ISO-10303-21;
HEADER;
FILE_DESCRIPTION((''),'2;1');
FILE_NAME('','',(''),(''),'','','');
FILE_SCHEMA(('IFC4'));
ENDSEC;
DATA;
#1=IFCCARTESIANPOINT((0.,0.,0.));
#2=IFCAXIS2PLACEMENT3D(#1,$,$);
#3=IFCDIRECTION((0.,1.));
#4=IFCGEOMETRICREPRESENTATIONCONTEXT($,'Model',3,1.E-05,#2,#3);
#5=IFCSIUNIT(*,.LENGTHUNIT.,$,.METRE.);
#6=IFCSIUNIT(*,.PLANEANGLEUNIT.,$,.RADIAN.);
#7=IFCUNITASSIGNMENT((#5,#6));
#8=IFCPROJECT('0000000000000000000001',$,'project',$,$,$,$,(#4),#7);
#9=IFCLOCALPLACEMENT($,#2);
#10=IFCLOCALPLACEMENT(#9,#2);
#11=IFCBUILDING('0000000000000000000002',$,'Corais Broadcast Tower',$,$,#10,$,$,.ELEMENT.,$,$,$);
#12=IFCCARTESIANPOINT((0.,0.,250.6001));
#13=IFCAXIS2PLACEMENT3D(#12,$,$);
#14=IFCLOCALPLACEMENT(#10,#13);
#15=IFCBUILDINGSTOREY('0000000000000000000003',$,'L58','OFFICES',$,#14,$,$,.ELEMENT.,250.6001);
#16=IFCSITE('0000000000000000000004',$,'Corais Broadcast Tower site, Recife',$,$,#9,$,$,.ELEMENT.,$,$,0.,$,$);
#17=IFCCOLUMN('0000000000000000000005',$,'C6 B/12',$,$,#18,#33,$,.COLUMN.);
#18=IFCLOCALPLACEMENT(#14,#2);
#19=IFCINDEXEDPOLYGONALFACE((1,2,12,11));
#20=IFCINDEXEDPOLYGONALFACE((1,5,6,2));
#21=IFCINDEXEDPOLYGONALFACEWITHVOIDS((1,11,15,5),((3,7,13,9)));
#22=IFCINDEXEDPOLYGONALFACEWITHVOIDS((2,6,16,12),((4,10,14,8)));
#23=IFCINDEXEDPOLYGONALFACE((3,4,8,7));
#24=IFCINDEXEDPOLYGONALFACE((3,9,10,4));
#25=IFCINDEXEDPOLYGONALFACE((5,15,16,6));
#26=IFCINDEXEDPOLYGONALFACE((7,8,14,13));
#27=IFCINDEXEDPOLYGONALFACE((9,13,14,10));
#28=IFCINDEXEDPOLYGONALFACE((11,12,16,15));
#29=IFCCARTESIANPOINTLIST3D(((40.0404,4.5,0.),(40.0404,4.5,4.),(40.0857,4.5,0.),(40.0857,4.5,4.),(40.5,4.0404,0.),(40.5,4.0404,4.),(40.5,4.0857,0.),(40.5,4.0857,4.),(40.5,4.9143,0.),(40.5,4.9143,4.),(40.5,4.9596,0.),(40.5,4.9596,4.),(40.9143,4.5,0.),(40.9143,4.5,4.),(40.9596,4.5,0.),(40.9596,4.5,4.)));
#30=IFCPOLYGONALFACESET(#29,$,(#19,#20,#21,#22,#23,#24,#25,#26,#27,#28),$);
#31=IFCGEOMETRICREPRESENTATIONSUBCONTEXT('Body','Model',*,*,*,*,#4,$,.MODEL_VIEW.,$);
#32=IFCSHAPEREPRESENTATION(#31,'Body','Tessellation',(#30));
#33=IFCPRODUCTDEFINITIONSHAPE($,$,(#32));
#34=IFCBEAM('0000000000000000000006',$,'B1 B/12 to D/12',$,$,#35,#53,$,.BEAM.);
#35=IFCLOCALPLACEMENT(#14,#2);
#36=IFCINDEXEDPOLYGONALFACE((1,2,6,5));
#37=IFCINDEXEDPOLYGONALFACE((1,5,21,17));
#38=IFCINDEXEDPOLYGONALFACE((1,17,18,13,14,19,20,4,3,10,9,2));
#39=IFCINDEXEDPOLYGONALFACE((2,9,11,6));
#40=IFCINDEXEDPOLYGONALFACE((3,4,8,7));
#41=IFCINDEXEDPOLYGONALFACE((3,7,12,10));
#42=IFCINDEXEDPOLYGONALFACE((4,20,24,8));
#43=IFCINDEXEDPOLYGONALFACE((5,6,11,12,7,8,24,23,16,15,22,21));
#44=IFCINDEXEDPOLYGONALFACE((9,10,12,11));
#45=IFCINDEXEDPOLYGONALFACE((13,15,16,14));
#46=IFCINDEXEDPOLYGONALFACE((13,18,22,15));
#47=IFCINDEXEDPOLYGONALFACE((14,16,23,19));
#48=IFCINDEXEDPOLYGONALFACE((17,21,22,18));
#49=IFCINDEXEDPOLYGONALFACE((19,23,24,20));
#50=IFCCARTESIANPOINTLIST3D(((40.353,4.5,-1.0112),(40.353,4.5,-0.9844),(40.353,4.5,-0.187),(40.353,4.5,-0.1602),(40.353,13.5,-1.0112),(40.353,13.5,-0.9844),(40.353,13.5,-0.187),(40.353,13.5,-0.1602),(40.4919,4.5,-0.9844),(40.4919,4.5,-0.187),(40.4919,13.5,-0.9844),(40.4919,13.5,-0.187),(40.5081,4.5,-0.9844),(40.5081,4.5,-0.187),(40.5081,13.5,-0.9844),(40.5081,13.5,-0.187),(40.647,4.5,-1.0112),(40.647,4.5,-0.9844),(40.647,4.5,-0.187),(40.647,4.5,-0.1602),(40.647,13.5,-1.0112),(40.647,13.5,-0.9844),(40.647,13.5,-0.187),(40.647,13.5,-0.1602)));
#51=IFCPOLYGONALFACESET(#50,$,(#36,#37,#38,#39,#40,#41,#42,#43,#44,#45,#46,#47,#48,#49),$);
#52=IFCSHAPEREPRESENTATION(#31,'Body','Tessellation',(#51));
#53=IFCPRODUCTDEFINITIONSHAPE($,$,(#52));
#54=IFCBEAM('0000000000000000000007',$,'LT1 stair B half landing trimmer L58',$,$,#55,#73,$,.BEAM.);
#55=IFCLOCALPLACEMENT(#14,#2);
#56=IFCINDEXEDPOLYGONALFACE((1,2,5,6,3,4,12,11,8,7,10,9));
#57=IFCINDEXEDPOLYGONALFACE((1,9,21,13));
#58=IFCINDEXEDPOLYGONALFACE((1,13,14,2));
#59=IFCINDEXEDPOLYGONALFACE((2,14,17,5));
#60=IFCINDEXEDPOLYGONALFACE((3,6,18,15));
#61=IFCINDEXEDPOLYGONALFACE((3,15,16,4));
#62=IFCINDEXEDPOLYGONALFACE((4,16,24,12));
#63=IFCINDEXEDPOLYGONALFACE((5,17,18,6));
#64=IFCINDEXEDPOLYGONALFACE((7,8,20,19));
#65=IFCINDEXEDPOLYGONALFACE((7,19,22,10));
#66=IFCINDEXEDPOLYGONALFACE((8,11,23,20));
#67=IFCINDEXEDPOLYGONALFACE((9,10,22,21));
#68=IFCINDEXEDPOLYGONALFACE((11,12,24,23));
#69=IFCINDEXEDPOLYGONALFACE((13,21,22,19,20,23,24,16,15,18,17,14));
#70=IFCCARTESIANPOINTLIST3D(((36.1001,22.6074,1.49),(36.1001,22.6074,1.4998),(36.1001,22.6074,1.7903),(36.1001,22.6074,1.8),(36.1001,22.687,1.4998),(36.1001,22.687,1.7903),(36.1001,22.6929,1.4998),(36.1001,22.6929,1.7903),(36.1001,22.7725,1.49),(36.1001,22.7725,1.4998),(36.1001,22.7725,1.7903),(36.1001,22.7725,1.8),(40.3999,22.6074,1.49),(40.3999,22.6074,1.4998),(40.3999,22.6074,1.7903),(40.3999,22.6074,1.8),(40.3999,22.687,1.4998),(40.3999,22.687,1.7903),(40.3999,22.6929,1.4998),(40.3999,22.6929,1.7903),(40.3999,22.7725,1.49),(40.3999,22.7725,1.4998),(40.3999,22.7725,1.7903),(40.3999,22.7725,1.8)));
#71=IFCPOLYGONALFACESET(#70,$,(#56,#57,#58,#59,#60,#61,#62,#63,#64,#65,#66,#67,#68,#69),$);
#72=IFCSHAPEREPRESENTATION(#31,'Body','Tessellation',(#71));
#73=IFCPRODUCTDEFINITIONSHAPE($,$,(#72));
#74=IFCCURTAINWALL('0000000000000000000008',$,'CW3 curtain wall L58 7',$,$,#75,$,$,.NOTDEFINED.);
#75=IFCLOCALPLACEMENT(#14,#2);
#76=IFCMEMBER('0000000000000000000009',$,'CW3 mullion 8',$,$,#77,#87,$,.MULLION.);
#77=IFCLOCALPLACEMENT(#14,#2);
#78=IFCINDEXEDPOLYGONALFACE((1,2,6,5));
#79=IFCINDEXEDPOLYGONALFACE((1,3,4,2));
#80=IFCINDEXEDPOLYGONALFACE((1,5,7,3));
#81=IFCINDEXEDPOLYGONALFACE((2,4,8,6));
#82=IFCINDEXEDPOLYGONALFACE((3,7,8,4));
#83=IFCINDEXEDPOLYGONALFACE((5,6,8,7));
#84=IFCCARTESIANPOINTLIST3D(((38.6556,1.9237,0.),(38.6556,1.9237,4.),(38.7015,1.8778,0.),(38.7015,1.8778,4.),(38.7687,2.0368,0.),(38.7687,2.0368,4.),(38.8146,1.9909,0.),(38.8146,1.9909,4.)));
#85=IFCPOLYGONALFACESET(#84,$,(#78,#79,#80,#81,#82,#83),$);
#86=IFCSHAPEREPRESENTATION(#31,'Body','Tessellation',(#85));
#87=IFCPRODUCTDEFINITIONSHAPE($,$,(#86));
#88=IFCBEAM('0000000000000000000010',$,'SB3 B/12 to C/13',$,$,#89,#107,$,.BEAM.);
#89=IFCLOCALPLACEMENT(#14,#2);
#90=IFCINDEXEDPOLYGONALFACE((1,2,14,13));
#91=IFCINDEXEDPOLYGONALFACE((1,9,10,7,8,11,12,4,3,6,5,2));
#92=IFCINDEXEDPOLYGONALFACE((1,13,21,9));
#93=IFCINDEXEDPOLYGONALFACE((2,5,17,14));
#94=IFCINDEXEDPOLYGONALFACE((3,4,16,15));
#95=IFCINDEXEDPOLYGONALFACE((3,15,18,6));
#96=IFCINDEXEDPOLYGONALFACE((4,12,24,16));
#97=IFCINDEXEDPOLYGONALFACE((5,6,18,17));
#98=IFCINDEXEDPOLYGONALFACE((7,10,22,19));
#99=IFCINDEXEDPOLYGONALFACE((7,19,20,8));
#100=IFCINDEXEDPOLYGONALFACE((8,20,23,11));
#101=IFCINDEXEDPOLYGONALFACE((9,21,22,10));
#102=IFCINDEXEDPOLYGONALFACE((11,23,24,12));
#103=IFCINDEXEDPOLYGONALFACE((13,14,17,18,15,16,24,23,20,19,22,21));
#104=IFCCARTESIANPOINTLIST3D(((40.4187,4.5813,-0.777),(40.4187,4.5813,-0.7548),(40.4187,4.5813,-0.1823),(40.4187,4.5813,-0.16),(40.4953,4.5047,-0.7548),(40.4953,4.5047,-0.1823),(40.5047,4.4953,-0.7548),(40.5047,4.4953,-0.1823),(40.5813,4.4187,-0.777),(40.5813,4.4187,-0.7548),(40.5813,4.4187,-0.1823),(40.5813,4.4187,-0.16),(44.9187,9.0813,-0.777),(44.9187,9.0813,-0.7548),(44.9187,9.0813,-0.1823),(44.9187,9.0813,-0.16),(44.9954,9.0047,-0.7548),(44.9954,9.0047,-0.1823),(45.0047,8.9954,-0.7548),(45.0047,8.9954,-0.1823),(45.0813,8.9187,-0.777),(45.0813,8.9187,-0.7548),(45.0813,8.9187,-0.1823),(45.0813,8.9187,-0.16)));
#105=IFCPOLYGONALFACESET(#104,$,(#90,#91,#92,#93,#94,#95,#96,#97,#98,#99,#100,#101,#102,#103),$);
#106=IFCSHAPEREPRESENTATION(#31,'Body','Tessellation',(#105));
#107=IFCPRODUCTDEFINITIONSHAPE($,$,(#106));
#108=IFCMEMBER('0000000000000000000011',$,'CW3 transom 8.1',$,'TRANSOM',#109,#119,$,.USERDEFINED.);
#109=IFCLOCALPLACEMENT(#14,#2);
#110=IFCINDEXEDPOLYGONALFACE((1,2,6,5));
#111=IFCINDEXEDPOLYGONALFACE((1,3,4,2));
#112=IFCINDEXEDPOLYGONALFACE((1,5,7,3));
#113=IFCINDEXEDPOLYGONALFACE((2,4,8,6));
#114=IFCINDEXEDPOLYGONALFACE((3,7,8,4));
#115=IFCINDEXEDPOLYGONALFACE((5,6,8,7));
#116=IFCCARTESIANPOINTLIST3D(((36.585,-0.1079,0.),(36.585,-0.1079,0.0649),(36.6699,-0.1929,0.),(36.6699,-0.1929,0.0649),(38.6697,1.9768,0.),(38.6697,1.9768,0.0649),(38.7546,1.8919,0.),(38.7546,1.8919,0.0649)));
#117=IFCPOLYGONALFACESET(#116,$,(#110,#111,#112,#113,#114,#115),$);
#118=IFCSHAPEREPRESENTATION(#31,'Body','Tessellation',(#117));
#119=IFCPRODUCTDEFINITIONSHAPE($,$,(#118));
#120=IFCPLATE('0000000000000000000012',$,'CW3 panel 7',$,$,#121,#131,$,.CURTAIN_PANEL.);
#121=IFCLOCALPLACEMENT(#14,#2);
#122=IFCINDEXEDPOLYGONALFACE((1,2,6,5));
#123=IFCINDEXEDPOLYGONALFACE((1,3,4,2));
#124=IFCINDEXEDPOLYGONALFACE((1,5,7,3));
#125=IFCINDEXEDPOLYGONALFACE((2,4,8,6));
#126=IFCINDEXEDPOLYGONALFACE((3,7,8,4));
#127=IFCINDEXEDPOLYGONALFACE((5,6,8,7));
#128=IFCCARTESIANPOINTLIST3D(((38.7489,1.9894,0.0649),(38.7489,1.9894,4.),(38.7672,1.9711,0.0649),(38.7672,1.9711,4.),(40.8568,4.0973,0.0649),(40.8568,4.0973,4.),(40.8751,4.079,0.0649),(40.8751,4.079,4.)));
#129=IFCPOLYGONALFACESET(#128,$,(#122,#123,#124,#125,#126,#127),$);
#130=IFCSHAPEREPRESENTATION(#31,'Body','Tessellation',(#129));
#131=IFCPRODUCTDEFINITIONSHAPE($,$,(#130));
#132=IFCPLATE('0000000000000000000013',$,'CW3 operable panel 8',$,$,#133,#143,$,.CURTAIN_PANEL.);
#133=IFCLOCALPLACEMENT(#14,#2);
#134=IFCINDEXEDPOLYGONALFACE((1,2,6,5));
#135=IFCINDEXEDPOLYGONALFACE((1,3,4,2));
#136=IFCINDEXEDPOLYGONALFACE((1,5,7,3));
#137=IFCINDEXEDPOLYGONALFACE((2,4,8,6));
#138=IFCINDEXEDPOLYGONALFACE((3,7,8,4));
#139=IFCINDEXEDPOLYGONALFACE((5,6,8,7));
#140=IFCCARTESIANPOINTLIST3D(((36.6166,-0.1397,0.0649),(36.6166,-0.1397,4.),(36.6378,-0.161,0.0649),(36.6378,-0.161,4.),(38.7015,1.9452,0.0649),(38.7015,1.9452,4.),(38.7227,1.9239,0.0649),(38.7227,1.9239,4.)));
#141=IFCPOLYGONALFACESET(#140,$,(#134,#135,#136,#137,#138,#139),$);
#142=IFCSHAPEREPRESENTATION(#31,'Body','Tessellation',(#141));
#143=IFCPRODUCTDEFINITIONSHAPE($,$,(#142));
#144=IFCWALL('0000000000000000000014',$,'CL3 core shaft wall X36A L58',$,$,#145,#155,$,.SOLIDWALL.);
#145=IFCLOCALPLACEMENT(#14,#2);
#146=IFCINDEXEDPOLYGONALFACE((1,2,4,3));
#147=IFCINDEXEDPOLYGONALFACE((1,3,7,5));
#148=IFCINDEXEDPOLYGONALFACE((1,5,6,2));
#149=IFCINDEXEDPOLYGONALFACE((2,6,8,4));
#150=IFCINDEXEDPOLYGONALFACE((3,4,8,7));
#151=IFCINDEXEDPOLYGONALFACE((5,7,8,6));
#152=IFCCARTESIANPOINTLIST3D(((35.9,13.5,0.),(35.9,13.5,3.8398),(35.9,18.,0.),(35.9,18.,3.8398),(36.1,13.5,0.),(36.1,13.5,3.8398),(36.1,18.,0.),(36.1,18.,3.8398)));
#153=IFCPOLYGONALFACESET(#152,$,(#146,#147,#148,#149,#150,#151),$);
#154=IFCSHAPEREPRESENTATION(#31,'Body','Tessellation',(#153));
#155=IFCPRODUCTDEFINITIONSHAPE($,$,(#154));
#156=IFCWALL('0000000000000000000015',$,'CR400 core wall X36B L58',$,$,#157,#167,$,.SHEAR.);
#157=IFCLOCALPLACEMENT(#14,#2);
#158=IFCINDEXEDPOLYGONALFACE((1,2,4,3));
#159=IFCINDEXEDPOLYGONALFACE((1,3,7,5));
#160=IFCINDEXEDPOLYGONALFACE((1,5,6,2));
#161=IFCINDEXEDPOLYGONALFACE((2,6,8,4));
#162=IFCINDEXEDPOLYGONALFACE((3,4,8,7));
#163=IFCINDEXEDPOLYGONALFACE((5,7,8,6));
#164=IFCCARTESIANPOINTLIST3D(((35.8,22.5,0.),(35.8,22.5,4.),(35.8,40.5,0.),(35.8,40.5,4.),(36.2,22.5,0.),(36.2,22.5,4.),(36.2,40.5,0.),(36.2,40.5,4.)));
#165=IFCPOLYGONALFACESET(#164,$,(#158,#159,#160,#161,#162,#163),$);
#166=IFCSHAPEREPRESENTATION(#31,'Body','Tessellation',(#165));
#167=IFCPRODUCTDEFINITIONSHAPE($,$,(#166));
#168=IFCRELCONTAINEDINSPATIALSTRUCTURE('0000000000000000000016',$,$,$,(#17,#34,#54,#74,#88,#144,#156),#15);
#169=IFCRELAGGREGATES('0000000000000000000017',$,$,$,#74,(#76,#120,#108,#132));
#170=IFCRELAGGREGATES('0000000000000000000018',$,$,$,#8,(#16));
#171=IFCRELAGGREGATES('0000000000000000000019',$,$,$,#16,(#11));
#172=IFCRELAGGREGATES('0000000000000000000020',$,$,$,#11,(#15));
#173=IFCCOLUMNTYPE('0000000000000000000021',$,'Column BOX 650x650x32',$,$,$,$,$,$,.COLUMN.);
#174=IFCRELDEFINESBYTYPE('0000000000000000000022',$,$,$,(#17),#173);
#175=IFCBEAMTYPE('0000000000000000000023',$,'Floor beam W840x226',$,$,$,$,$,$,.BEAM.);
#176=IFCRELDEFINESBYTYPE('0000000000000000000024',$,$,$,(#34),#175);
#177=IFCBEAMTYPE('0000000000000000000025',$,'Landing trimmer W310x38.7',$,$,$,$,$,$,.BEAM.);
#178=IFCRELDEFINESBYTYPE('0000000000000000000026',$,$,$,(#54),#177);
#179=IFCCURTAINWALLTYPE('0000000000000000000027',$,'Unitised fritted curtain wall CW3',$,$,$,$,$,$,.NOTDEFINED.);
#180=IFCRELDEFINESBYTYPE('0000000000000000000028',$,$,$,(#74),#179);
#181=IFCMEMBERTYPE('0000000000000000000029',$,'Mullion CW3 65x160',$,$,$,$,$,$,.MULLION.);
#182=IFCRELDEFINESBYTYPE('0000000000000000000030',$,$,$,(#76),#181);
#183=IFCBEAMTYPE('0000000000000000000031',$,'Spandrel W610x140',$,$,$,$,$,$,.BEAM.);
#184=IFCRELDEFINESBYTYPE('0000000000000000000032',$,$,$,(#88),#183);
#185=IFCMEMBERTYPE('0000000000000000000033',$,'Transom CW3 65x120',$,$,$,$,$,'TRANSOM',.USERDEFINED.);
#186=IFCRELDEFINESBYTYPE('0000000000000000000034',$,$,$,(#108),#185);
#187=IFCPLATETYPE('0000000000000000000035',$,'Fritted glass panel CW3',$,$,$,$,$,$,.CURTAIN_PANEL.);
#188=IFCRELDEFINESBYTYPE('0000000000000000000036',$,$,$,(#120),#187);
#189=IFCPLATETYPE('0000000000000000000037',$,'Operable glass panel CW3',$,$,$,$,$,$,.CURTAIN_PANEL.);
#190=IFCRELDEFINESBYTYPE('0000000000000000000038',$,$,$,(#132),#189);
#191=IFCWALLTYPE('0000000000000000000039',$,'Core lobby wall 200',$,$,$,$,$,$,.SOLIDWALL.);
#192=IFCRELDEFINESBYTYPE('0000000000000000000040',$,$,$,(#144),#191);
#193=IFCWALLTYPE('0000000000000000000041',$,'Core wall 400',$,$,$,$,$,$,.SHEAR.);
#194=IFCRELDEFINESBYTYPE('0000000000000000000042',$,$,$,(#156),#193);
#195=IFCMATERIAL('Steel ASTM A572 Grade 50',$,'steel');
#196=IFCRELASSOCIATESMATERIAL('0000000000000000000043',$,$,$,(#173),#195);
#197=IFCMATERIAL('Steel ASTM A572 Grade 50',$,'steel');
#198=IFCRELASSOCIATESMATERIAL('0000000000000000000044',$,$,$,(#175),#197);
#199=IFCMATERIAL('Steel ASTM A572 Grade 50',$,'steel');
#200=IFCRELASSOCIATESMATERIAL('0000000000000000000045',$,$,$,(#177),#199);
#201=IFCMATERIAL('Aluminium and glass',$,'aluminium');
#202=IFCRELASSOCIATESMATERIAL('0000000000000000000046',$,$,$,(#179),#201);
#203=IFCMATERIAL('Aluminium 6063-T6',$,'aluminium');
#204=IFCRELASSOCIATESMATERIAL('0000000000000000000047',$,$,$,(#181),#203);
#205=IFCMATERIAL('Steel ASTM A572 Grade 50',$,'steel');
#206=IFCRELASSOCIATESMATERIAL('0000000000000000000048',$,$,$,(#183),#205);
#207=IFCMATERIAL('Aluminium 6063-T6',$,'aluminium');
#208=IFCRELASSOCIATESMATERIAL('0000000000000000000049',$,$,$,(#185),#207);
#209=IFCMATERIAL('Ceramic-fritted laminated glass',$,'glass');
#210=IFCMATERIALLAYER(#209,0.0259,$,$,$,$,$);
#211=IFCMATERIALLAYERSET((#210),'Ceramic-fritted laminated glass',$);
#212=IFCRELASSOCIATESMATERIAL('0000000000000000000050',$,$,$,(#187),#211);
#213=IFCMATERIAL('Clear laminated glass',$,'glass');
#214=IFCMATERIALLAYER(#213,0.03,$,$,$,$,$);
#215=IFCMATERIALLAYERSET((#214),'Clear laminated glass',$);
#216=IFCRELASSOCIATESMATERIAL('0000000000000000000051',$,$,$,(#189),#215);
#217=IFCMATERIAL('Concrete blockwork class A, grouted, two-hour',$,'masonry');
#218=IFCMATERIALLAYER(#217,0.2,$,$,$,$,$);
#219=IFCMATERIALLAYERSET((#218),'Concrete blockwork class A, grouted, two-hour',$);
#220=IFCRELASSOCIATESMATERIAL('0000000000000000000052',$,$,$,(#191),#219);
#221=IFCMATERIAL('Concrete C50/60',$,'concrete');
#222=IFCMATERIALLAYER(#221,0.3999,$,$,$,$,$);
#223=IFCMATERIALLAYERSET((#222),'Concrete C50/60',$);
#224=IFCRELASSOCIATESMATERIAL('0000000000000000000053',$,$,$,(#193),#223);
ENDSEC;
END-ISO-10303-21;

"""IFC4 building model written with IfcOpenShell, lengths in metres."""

from ifc_helpers import new_model, si_unit, direction, frame, frame_2d, origin, origin_2d, place, context, subcontext, project, spatial, rectangle, hollow_rectangle, i_section, extrude, material, layer, layer_set, material_profile, profile_set, type_object, element, aggregate, save


model = new_model("IFC4")

# Units and contexts
model_context = context("Model", 3, precision=1e-05, world=origin(), true_north=direction((0.0, 1.0)))
body_context = subcontext(model_context, "Body", "Model", "MODEL_VIEW")
ifc_project = project(units=[si_unit("LENGTHUNIT", "METRE"), si_unit("PLANEANGLEUNIT", "RADIAN")], contexts=[model_context])

# Site, building, storey
site_placement = place(None, origin())
site = spatial("IfcSite", under=ifc_project, at=site_placement, Name="Corais Broadcast Tower site, Recife", CompositionType="ELEMENT", RefElevation=0.0)
building_placement = place(site_placement, origin())
building = spatial("IfcBuilding", under=site, at=building_placement, Name="Corais Broadcast Tower", CompositionType="ELEMENT")
storey_placement = place(building_placement, frame((0.0, 0.0, 250.6001)))
storey = spatial("IfcBuildingStorey", under=building, at=storey_placement, Name="L58", Description="OFFICES", CompositionType="ELEMENT", Elevation=250.6001)

# Column
ifc_material_1 = material(Name="Steel ASTM A572 Grade 50", Category="steel")
ifc_material_profile_1 = material_profile(ifc_material_1, hollow_rectangle(XDim=0.6499, YDim=0.6499, WallThickness=0.032, at=origin_2d()), Name="BOX 650x650x32")
ifc_profile_set_1 = profile_set([ifc_material_profile_1], Name="Steel ASTM A572 Grade 50")
column_type = type_object("IfcColumnType", Name="Column BOX 650x650x32", PredefinedType="COLUMN", material=ifc_profile_set_1)
column_placement = place(storey_placement, frame((40.5, 4.5, 0.0), z_axis=(0.0, 0.0, 1.0), x_axis=(0.707107, 0.707107, 0.0)))
element("IfcColumn", 1, at=column_placement, inside=storey, type_object=column_type, Name="C6 B/12", PredefinedType="COLUMN", context=body_context, shape_type="SweptSolid", body=[
    extrude(hollow_rectangle(XDim=0.6499, YDim=0.6499, WallThickness=0.032, at=origin_2d()), origin(), (0.0, 0.0, 1.0), 4.0),
])

# Beams
ifc_material_2 = material(Name="Steel ASTM A572 Grade 50", Category="steel")
ifc_material_profile_2 = material_profile(ifc_material_2, i_section(OverallWidth=0.2939, OverallDepth=0.8511, WebThickness=0.0161, FlangeThickness=0.0269, at=origin_2d()), Name="W840x226")
ifc_profile_set_2 = profile_set([ifc_material_profile_2], Name="Steel ASTM A572 Grade 50")
beam_type_1 = type_object("IfcBeamType", Name="Floor beam W840x226", PredefinedType="BEAM", material=ifc_profile_set_2)
beam_1_placement = place(storey_placement, frame((40.5, 4.5, -0.5857), z_axis=(0.0, 1.0, 0.0), x_axis=(-1.0, 0.0, 0.0)))
element("IfcBeam", 2, at=beam_1_placement, inside=storey, type_object=beam_type_1, Name="B1 B/12 to D/12", PredefinedType="BEAM", context=body_context, shape_type="SweptSolid", body=[
    extrude(i_section(OverallWidth=0.2939, OverallDepth=0.8511, WebThickness=0.0161, FlangeThickness=0.0269, at=origin_2d()), origin(), (0.0, 0.0, 1.0), 9.0),
])
ifc_material_3 = material(Name="Steel ASTM A572 Grade 50", Category="steel")
ifc_material_profile_3 = material_profile(ifc_material_3, i_section(OverallWidth=0.165, OverallDepth=0.3101, WebThickness=0.0059, FlangeThickness=0.0098, at=origin_2d()), Name="W310x38.7")
ifc_profile_set_3 = profile_set([ifc_material_profile_3], Name="Steel ASTM A572 Grade 50")
beam_type_2 = type_object("IfcBeamType", Name="Landing trimmer W310x38.7", PredefinedType="BEAM", material=ifc_profile_set_3)
beam_2_placement = place(storey_placement, frame((36.1001, 22.6899, 1.645), z_axis=(1.0, 0.0, 0.0), x_axis=(0.0, 1.0, 0.0)))
element("IfcBeam", 3, at=beam_2_placement, inside=storey, type_object=beam_type_2, Name="LT1 stair B half landing trimmer L58", PredefinedType="BEAM", context=body_context, shape_type="SweptSolid", body=[
    extrude(i_section(OverallWidth=0.165, OverallDepth=0.3101, WebThickness=0.0059, FlangeThickness=0.0098, at=origin_2d()), origin(), (0.0, 0.0, 1.0), 4.2998),
])

# Curtain wall, member
ifc_material_4 = material(Name="Aluminium and glass", Category="aluminium")
curtain_wall_type = type_object("IfcCurtainWallType", Name="Unitised fritted curtain wall CW3", PredefinedType="NOTDEFINED", material=ifc_material_4)
curtain_wall_placement = place(storey_placement, origin())
curtain_wall = element("IfcCurtainWall", 4, at=curtain_wall_placement, inside=storey, type_object=curtain_wall_type, Name="CW3 curtain wall L58 7", PredefinedType="NOTDEFINED")
ifc_material_5 = material(Name="Aluminium 6063-T6", Category="aluminium")
ifc_material_profile_4 = material_profile(ifc_material_5, rectangle(XDim=0.0649, YDim=0.1599, at=origin_2d()), Name="Mullion CW3 65x160")
ifc_profile_set_4 = profile_set([ifc_material_profile_4], Name="Aluminium 6063-T6")
member_type_1 = type_object("IfcMemberType", Name="Mullion CW3 65x160", PredefinedType="MULLION", material=ifc_profile_set_4)
member_1_placement = place(storey_placement, frame((38.7351, 1.9573, 0.0), z_axis=(0.0, 0.0, 1.0), x_axis=(0.707107, -0.707107, 0.0)))
member_1 = element("IfcMember", 5, at=member_1_placement, type_object=member_type_1, Name="CW3 mullion 8", PredefinedType="MULLION", context=body_context, shape_type="SweptSolid", body=[
    extrude(rectangle(XDim=0.0649, YDim=0.1599, at=origin_2d()), origin(), (0.0, 0.0, 1.0), 4.0),
])

# Beam
ifc_material_6 = material(Name="Steel ASTM A572 Grade 50", Category="steel")
ifc_material_profile_5 = material_profile(ifc_material_6, i_section(OverallWidth=0.23, OverallDepth=0.6169, WebThickness=0.0132, FlangeThickness=0.0222, at=origin_2d()), Name="W610x140")
ifc_profile_set_5 = profile_set([ifc_material_profile_5], Name="Steel ASTM A572 Grade 50")
beam_type_3 = type_object("IfcBeamType", Name="Spandrel W610x140", PredefinedType="BEAM", material=ifc_profile_set_5)
beam_3_placement = place(storey_placement, frame((40.5, 4.5, -0.4685), z_axis=(0.707107, 0.707107, 0.0), x_axis=(-0.707107, 0.707107, 0.0)))
element("IfcBeam", 6, at=beam_3_placement, inside=storey, type_object=beam_type_3, Name="SB3 B/12 to C/13", PredefinedType="BEAM", context=body_context, shape_type="SweptSolid", body=[
    extrude(i_section(OverallWidth=0.23, OverallDepth=0.6169, WebThickness=0.0132, FlangeThickness=0.0222, at=origin_2d()), origin(), (0.0, 0.0, 1.0), 6.364),
])

# Member
ifc_material_7 = material(Name="Aluminium 6063-T6", Category="aluminium")
ifc_material_profile_6 = material_profile(ifc_material_7, rectangle(XDim=0.1201, YDim=0.0649, at=origin_2d()), Name="Transom CW3 65x120")
ifc_profile_set_6 = profile_set([ifc_material_profile_6], Name="Aluminium 6063-T6")
member_type_2 = type_object("IfcMemberType", Name="Transom CW3 65x120", ElementType="TRANSOM", PredefinedType="USERDEFINED", material=ifc_profile_set_6)
member_2_placement = place(storey_placement, frame((38.7122, 1.9343, 0.0325), z_axis=(-0.707107, -0.707107, 0.0), x_axis=(0.707107, -0.707107, 0.0)))
member_2 = element("IfcMember", 7, at=member_2_placement, type_object=member_type_2, Name="CW3 transom 8.1", ObjectType="TRANSOM", PredefinedType="USERDEFINED", context=body_context, shape_type="SweptSolid", body=[
    extrude(rectangle(XDim=0.1201, YDim=0.0649, at=origin_2d()), origin(), (0.0, 0.0, 1.0), 2.9482),
])

# Plates
ifc_material_8 = material(Name="Ceramic-fritted laminated glass", Category="glass")
ifc_layer_1 = layer(ifc_material_8, 0.0259)
ifc_layer_set_1 = layer_set([ifc_layer_1], Name="Ceramic-fritted laminated glass")
plate_type_1 = type_object("IfcPlateType", Name="Fritted glass panel CW3", PredefinedType="CURTAIN_PANEL", material=ifc_layer_set_1)
plate_1_placement = place(storey_placement, frame((39.812, 3.0342, 0.0649), z_axis=(0.0, 0.0, 1.0), x_axis=(-0.707107, -0.707107, 0.0)))
plate_1 = element("IfcPlate", 8, at=plate_1_placement, type_object=plate_type_1, Name="CW3 panel 7", PredefinedType="CURTAIN_PANEL", context=body_context, shape_type="SweptSolid", body=[
    extrude(rectangle(XDim=2.981, YDim=0.0259, at=origin_2d()), origin(), (0.0, 0.0, 1.0), 3.9351),
])
ifc_material_9 = material(Name="Clear laminated glass", Category="glass")
ifc_layer_2 = layer(ifc_material_9, 0.03)
ifc_layer_set_2 = layer_set([ifc_layer_2], Name="Clear laminated glass")
plate_type_2 = type_object("IfcPlateType", Name="Operable glass panel CW3", PredefinedType="CURTAIN_PANEL", material=ifc_layer_set_2)
plate_2_placement = place(storey_placement, frame((37.6697, 0.8921, 0.0649), z_axis=(0.0, 0.0, 1.0), x_axis=(-0.707107, -0.707107, 0.0)))
plate_2 = element("IfcPlate", 9, at=plate_2_placement, type_object=plate_type_2, Name="CW3 operable panel 8", PredefinedType="CURTAIN_PANEL", context=body_context, shape_type="SweptSolid", body=[
    extrude(rectangle(XDim=2.9485, YDim=0.03, at=origin_2d()), origin(), (0.0, 0.0, 1.0), 3.9351),
])
aggregate(curtain_wall, [member_1, plate_1, member_2, plate_2])

# Walls
ifc_material_10 = material(Name="Concrete blockwork class A, grouted, two-hour", Category="masonry")
ifc_layer_3 = layer(ifc_material_10, 0.2)
ifc_layer_set_3 = layer_set([ifc_layer_3], Name="Concrete blockwork class A, grouted, two-hour")
wall_type_1 = type_object("IfcWallType", Name="Core lobby wall 200", PredefinedType="SOLIDWALL", material=ifc_layer_set_3)
wall_1_placement = place(storey_placement, frame((36.0, 13.5, 0.0), z_axis=(0.0, 0.0, 1.0), x_axis=(0.0, 1.0, 0.0)))
element("IfcWall", 10, at=wall_1_placement, inside=storey, type_object=wall_type_1, Name="CL3 core shaft wall X36A L58", PredefinedType="SOLIDWALL", context=body_context, shape_type="SweptSolid", body=[
    extrude(rectangle(XDim=4.5, YDim=0.2, at=frame_2d((2.25, 0.0))), origin(), (0.0, 0.0, 1.0), 3.8398),
])
ifc_material_11 = material(Name="Concrete C50/60", Category="concrete")
ifc_layer_4 = layer(ifc_material_11, 0.3999)
ifc_layer_set_4 = layer_set([ifc_layer_4], Name="Concrete C50/60")
wall_type_2 = type_object("IfcWallType", Name="Core wall 400", PredefinedType="SHEAR", material=ifc_layer_set_4)
wall_2_placement = place(storey_placement, frame((36.0, 22.5, 0.0), z_axis=(0.0, 0.0, 1.0), x_axis=(0.0, 1.0, 0.0)))
element("IfcWall", 11, at=wall_2_placement, inside=storey, type_object=wall_type_2, Name="CR400 core wall X36B L58", PredefinedType="SHEAR", context=body_context, shape_type="SweptSolid", body=[
    extrude(rectangle(XDim=18.0, YDim=0.3999, at=frame_2d((9.0, 0.0))), origin(), (0.0, 0.0, 1.0), 4.0),
])

save(model, "model.ifc")
